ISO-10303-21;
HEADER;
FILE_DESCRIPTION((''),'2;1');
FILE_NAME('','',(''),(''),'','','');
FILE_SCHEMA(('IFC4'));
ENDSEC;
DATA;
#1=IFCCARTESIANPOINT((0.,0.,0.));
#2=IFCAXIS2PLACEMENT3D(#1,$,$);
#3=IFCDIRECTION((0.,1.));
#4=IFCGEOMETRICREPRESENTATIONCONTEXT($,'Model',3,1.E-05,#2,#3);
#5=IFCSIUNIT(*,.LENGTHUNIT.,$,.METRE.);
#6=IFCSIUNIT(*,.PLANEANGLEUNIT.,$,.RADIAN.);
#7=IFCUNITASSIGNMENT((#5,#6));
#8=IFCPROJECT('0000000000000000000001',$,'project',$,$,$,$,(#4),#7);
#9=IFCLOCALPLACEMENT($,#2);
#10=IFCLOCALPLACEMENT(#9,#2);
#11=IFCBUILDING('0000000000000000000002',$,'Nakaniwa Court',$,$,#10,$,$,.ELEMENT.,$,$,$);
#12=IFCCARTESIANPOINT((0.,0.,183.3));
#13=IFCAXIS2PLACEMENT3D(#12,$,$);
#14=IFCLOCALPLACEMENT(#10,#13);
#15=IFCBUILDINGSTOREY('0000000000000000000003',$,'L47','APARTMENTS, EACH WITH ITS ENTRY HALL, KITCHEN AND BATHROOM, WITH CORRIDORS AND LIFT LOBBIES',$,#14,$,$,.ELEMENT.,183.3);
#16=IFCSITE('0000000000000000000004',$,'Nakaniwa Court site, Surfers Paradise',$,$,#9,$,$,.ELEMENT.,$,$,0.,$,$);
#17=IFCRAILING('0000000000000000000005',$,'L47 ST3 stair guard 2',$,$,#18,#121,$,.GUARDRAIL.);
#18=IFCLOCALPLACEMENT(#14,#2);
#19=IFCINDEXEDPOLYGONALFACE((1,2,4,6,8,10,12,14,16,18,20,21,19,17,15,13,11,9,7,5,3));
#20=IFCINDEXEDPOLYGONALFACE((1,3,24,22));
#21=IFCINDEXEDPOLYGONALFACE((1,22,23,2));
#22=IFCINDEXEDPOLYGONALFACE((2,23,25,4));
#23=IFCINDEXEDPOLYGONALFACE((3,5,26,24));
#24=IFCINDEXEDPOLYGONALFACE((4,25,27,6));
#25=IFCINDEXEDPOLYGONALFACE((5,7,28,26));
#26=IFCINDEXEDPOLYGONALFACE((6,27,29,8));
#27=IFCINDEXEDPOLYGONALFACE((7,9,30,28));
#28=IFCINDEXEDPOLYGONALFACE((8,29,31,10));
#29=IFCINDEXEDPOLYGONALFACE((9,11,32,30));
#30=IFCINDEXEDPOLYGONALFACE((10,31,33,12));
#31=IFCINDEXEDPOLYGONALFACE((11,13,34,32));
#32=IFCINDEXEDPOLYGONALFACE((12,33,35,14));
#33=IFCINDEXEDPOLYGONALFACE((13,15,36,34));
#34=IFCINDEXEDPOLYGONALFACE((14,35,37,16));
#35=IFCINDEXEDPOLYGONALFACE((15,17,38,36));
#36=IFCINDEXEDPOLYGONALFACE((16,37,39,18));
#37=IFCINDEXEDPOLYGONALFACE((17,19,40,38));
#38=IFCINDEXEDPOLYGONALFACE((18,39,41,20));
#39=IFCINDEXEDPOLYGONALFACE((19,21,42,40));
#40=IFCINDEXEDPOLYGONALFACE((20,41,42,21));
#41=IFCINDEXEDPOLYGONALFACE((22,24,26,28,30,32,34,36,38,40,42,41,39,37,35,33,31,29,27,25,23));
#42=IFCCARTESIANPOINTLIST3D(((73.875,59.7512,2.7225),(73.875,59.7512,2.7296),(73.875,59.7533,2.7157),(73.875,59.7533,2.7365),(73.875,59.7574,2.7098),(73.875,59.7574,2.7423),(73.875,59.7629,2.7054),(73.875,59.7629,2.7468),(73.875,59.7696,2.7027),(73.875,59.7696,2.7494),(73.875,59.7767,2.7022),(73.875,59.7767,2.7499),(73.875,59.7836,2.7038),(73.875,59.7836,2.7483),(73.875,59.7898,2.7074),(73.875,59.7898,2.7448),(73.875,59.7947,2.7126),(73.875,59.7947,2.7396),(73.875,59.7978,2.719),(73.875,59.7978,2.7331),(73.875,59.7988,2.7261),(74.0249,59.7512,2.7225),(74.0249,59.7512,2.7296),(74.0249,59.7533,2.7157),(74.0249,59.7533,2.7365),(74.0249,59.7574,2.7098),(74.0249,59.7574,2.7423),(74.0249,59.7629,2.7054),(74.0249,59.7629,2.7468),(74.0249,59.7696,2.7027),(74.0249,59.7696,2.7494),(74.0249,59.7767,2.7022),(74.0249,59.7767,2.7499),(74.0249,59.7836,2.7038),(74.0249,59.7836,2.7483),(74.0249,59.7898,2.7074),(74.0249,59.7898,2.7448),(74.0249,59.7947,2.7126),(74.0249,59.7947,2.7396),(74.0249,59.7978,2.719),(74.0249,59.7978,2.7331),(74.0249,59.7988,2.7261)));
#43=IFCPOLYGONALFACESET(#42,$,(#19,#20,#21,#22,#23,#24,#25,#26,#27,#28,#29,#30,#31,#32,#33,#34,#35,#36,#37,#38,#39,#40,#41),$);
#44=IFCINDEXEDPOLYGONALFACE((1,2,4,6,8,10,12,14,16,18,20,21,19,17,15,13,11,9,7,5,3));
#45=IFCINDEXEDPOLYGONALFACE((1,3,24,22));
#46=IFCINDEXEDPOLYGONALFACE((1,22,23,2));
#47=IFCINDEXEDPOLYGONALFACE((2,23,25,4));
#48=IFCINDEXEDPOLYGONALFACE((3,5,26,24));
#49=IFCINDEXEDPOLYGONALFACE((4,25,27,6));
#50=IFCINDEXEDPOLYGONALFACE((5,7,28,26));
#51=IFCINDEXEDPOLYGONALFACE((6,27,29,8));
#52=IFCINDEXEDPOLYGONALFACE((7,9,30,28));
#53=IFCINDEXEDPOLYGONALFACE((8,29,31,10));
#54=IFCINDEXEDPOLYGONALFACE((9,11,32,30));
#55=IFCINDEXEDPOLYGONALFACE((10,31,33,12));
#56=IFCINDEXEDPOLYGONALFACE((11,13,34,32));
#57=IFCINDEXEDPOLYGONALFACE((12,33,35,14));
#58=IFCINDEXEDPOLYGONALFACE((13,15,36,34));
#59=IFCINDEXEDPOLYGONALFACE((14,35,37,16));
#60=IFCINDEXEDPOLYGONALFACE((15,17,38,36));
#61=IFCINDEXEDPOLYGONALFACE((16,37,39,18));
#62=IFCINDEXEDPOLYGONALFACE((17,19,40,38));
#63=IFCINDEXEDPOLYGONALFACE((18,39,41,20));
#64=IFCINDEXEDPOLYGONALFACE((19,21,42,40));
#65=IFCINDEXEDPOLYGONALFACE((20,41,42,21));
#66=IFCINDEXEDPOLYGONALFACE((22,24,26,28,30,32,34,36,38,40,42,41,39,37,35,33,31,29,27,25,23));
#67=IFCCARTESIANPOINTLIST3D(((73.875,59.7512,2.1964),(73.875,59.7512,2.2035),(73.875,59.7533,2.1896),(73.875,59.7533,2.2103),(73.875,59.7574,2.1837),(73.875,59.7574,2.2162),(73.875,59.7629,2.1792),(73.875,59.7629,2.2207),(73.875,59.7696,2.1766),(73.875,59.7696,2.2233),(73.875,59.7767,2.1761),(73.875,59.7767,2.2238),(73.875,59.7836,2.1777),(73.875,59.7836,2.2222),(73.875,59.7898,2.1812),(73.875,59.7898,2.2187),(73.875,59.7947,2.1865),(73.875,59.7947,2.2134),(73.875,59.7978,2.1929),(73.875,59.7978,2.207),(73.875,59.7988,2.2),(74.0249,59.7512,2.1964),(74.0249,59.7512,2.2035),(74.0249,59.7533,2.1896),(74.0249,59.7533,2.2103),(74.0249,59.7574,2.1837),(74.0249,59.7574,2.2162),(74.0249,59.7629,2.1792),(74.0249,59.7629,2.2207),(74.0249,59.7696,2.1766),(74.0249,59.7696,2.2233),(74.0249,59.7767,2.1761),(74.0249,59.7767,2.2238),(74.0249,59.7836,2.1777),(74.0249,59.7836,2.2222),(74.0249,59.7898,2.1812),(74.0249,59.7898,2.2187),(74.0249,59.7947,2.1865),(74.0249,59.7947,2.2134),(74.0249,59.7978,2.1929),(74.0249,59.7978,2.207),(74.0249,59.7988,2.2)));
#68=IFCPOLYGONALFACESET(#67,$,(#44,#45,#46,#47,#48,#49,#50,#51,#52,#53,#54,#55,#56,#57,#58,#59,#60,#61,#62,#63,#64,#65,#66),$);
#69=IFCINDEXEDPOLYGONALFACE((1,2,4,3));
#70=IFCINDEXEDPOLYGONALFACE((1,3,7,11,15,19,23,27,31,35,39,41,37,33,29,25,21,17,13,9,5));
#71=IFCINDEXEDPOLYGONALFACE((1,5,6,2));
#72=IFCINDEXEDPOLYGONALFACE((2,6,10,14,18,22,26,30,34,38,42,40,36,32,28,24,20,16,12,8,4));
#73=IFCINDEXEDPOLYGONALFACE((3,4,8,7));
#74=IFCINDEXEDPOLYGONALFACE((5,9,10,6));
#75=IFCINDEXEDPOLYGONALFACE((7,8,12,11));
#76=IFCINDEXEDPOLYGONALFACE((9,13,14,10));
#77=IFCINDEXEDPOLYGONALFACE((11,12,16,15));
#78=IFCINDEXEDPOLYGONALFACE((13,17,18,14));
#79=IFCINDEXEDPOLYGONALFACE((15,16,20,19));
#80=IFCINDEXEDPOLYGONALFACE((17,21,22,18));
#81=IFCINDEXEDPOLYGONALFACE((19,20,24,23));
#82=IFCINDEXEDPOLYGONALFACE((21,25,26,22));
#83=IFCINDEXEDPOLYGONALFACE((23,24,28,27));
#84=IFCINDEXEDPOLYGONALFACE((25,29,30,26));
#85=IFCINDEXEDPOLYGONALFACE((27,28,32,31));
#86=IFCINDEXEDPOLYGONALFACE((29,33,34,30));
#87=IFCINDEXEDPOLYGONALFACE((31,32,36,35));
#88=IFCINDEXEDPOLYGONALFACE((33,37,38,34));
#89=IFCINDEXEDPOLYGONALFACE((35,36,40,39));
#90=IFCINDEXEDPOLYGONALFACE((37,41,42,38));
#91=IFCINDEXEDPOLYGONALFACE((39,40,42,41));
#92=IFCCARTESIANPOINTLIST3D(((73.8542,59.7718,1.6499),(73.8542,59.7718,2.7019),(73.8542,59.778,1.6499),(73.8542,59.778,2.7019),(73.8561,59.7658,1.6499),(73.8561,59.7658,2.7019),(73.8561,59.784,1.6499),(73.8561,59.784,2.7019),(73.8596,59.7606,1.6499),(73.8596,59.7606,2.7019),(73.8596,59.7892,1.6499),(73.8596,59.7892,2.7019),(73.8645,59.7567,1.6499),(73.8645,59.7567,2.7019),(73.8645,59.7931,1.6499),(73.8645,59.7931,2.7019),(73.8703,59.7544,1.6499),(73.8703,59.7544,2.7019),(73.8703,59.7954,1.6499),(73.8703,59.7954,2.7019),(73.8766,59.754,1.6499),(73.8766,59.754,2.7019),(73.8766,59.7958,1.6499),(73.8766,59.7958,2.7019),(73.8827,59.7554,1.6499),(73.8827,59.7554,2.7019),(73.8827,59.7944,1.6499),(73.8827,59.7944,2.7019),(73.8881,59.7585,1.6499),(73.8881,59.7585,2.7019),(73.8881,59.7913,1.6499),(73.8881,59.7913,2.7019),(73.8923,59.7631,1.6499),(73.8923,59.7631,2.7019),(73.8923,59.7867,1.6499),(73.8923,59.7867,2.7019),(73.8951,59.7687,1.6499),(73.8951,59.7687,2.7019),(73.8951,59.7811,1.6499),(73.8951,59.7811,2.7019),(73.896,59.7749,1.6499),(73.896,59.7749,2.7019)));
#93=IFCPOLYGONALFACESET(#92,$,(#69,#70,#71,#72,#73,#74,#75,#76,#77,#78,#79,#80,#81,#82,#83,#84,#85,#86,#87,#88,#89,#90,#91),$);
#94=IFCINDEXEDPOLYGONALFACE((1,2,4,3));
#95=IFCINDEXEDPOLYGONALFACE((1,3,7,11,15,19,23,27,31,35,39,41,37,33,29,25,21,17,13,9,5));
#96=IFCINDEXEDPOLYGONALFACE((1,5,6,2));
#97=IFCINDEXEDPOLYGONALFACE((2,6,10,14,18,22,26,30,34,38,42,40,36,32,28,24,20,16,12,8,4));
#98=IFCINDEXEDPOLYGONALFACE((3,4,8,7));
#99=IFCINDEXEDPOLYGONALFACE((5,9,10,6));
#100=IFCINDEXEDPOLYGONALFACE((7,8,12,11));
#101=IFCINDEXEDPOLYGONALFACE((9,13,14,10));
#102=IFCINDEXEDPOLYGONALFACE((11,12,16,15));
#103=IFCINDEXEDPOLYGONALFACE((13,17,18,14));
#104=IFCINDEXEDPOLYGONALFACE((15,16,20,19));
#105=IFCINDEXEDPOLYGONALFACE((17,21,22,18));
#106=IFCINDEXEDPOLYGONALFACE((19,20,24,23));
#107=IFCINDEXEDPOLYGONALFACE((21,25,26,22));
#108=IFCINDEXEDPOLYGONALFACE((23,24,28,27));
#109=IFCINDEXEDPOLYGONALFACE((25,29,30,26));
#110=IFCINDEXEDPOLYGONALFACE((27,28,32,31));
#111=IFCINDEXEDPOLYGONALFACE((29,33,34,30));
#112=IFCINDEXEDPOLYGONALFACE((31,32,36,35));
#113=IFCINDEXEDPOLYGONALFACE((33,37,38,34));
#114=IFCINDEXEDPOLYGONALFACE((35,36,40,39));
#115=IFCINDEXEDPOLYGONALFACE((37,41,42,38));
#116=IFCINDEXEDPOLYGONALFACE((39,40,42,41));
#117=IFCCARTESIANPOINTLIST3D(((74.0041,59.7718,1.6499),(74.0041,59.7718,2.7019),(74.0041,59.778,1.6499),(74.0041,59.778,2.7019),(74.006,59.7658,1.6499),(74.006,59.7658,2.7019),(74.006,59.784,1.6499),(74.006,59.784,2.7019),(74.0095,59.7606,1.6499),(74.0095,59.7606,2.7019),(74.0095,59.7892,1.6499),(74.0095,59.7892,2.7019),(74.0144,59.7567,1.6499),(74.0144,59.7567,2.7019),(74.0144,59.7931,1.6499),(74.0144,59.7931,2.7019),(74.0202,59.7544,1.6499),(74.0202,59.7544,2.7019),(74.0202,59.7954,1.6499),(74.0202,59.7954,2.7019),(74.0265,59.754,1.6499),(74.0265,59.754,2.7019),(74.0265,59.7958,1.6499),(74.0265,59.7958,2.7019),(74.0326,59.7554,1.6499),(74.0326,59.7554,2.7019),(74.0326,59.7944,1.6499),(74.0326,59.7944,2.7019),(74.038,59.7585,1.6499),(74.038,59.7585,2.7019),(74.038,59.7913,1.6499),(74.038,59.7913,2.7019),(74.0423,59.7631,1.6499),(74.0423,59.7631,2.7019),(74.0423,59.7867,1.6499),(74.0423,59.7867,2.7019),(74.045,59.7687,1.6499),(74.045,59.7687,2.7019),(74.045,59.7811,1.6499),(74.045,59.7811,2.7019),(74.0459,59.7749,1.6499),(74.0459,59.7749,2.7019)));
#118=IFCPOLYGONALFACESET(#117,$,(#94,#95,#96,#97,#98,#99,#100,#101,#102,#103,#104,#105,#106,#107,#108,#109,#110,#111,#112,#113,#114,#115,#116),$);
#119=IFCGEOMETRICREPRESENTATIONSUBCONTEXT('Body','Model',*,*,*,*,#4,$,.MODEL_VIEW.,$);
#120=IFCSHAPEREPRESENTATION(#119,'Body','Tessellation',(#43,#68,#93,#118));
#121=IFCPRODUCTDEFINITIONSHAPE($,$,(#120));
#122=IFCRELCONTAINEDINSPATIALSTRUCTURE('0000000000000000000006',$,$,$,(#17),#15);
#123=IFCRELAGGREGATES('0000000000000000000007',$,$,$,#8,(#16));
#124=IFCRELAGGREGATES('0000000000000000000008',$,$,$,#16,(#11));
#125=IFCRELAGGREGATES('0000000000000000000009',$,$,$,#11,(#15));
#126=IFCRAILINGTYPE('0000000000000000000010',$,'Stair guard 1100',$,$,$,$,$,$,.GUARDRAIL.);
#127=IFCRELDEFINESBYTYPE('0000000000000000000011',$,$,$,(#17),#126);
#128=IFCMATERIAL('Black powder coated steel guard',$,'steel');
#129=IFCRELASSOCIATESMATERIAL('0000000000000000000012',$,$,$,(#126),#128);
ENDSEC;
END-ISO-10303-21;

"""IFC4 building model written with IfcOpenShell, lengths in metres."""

from ifc_helpers import new_model, si_unit, direction, frame, origin, origin_2d, place, context, subcontext, project, spatial, circle, extrude, material, type_object, element, save


model = new_model("IFC4")

# Units and contexts
model_context = context("Model", 3, precision=1e-05, world=origin(), true_north=direction((0.0, 1.0)))
body_context = subcontext(model_context, "Body", "Model", "MODEL_VIEW")
ifc_project = project(units=[si_unit("LENGTHUNIT", "METRE"), si_unit("PLANEANGLEUNIT", "RADIAN")], contexts=[model_context])

# Site, building, storey
site_placement = place(None, origin())
site = spatial("IfcSite", under=ifc_project, at=site_placement, Name="Nakaniwa Court site, Surfers Paradise", CompositionType="ELEMENT", RefElevation=0.0)
building_placement = place(site_placement, origin())
building = spatial("IfcBuilding", under=site, at=building_placement, Name="Nakaniwa Court", CompositionType="ELEMENT")
storey_placement = place(building_placement, frame((0.0, 0.0, 183.3)))
storey = spatial("IfcBuildingStorey", under=building, at=storey_placement, Name="L47", Description="APARTMENTS, EACH WITH ITS ENTRY HALL, KITCHEN AND BATHROOM, WITH CORRIDORS AND LIFT LOBBIES", CompositionType="ELEMENT", Elevation=183.3)

# Railing
ifc_material_1 = material(Name="Black powder coated steel guard", Category="steel")
railing_type_1 = type_object("IfcRailingType", Name="Stair guard 1100", PredefinedType="GUARDRAIL", material=ifc_material_1)
railing_1_placement = place(storey_placement, frame((73.875, 59.7749, 1.6499)))
element("IfcRailing", 1, at=railing_1_placement, inside=storey, type_object=railing_type_1, Name="L47 ST3 stair guard 2", PredefinedType="GUARDRAIL", context=body_context, shape_type="SweptSolid", body=[
    extrude(circle(Radius=0.0239, at=origin_2d()), frame((0.0, 0.0, 1.0762), z_axis=(1.0, 0.0, 0.0), x_axis=(0.0, 1.0, 0.0)), (0.0, 0.0, 1.0), 0.1499),
    extrude(circle(Radius=0.0239, at=origin_2d()), frame((0.0, 0.0, 0.55), z_axis=(1.0, 0.0, 0.0), x_axis=(0.0, 1.0, 0.0)), (0.0, 0.0, 1.0), 0.1499),
    extrude(circle(Radius=0.021, at=origin_2d()), origin(), (0.0, 0.0, 1.0), 1.052),
    extrude(circle(Radius=0.021, at=origin_2d()), frame((0.1499, 0.0, 0.0)), (0.0, 0.0, 1.0), 1.052),
])

save(model, "model.ifc")
